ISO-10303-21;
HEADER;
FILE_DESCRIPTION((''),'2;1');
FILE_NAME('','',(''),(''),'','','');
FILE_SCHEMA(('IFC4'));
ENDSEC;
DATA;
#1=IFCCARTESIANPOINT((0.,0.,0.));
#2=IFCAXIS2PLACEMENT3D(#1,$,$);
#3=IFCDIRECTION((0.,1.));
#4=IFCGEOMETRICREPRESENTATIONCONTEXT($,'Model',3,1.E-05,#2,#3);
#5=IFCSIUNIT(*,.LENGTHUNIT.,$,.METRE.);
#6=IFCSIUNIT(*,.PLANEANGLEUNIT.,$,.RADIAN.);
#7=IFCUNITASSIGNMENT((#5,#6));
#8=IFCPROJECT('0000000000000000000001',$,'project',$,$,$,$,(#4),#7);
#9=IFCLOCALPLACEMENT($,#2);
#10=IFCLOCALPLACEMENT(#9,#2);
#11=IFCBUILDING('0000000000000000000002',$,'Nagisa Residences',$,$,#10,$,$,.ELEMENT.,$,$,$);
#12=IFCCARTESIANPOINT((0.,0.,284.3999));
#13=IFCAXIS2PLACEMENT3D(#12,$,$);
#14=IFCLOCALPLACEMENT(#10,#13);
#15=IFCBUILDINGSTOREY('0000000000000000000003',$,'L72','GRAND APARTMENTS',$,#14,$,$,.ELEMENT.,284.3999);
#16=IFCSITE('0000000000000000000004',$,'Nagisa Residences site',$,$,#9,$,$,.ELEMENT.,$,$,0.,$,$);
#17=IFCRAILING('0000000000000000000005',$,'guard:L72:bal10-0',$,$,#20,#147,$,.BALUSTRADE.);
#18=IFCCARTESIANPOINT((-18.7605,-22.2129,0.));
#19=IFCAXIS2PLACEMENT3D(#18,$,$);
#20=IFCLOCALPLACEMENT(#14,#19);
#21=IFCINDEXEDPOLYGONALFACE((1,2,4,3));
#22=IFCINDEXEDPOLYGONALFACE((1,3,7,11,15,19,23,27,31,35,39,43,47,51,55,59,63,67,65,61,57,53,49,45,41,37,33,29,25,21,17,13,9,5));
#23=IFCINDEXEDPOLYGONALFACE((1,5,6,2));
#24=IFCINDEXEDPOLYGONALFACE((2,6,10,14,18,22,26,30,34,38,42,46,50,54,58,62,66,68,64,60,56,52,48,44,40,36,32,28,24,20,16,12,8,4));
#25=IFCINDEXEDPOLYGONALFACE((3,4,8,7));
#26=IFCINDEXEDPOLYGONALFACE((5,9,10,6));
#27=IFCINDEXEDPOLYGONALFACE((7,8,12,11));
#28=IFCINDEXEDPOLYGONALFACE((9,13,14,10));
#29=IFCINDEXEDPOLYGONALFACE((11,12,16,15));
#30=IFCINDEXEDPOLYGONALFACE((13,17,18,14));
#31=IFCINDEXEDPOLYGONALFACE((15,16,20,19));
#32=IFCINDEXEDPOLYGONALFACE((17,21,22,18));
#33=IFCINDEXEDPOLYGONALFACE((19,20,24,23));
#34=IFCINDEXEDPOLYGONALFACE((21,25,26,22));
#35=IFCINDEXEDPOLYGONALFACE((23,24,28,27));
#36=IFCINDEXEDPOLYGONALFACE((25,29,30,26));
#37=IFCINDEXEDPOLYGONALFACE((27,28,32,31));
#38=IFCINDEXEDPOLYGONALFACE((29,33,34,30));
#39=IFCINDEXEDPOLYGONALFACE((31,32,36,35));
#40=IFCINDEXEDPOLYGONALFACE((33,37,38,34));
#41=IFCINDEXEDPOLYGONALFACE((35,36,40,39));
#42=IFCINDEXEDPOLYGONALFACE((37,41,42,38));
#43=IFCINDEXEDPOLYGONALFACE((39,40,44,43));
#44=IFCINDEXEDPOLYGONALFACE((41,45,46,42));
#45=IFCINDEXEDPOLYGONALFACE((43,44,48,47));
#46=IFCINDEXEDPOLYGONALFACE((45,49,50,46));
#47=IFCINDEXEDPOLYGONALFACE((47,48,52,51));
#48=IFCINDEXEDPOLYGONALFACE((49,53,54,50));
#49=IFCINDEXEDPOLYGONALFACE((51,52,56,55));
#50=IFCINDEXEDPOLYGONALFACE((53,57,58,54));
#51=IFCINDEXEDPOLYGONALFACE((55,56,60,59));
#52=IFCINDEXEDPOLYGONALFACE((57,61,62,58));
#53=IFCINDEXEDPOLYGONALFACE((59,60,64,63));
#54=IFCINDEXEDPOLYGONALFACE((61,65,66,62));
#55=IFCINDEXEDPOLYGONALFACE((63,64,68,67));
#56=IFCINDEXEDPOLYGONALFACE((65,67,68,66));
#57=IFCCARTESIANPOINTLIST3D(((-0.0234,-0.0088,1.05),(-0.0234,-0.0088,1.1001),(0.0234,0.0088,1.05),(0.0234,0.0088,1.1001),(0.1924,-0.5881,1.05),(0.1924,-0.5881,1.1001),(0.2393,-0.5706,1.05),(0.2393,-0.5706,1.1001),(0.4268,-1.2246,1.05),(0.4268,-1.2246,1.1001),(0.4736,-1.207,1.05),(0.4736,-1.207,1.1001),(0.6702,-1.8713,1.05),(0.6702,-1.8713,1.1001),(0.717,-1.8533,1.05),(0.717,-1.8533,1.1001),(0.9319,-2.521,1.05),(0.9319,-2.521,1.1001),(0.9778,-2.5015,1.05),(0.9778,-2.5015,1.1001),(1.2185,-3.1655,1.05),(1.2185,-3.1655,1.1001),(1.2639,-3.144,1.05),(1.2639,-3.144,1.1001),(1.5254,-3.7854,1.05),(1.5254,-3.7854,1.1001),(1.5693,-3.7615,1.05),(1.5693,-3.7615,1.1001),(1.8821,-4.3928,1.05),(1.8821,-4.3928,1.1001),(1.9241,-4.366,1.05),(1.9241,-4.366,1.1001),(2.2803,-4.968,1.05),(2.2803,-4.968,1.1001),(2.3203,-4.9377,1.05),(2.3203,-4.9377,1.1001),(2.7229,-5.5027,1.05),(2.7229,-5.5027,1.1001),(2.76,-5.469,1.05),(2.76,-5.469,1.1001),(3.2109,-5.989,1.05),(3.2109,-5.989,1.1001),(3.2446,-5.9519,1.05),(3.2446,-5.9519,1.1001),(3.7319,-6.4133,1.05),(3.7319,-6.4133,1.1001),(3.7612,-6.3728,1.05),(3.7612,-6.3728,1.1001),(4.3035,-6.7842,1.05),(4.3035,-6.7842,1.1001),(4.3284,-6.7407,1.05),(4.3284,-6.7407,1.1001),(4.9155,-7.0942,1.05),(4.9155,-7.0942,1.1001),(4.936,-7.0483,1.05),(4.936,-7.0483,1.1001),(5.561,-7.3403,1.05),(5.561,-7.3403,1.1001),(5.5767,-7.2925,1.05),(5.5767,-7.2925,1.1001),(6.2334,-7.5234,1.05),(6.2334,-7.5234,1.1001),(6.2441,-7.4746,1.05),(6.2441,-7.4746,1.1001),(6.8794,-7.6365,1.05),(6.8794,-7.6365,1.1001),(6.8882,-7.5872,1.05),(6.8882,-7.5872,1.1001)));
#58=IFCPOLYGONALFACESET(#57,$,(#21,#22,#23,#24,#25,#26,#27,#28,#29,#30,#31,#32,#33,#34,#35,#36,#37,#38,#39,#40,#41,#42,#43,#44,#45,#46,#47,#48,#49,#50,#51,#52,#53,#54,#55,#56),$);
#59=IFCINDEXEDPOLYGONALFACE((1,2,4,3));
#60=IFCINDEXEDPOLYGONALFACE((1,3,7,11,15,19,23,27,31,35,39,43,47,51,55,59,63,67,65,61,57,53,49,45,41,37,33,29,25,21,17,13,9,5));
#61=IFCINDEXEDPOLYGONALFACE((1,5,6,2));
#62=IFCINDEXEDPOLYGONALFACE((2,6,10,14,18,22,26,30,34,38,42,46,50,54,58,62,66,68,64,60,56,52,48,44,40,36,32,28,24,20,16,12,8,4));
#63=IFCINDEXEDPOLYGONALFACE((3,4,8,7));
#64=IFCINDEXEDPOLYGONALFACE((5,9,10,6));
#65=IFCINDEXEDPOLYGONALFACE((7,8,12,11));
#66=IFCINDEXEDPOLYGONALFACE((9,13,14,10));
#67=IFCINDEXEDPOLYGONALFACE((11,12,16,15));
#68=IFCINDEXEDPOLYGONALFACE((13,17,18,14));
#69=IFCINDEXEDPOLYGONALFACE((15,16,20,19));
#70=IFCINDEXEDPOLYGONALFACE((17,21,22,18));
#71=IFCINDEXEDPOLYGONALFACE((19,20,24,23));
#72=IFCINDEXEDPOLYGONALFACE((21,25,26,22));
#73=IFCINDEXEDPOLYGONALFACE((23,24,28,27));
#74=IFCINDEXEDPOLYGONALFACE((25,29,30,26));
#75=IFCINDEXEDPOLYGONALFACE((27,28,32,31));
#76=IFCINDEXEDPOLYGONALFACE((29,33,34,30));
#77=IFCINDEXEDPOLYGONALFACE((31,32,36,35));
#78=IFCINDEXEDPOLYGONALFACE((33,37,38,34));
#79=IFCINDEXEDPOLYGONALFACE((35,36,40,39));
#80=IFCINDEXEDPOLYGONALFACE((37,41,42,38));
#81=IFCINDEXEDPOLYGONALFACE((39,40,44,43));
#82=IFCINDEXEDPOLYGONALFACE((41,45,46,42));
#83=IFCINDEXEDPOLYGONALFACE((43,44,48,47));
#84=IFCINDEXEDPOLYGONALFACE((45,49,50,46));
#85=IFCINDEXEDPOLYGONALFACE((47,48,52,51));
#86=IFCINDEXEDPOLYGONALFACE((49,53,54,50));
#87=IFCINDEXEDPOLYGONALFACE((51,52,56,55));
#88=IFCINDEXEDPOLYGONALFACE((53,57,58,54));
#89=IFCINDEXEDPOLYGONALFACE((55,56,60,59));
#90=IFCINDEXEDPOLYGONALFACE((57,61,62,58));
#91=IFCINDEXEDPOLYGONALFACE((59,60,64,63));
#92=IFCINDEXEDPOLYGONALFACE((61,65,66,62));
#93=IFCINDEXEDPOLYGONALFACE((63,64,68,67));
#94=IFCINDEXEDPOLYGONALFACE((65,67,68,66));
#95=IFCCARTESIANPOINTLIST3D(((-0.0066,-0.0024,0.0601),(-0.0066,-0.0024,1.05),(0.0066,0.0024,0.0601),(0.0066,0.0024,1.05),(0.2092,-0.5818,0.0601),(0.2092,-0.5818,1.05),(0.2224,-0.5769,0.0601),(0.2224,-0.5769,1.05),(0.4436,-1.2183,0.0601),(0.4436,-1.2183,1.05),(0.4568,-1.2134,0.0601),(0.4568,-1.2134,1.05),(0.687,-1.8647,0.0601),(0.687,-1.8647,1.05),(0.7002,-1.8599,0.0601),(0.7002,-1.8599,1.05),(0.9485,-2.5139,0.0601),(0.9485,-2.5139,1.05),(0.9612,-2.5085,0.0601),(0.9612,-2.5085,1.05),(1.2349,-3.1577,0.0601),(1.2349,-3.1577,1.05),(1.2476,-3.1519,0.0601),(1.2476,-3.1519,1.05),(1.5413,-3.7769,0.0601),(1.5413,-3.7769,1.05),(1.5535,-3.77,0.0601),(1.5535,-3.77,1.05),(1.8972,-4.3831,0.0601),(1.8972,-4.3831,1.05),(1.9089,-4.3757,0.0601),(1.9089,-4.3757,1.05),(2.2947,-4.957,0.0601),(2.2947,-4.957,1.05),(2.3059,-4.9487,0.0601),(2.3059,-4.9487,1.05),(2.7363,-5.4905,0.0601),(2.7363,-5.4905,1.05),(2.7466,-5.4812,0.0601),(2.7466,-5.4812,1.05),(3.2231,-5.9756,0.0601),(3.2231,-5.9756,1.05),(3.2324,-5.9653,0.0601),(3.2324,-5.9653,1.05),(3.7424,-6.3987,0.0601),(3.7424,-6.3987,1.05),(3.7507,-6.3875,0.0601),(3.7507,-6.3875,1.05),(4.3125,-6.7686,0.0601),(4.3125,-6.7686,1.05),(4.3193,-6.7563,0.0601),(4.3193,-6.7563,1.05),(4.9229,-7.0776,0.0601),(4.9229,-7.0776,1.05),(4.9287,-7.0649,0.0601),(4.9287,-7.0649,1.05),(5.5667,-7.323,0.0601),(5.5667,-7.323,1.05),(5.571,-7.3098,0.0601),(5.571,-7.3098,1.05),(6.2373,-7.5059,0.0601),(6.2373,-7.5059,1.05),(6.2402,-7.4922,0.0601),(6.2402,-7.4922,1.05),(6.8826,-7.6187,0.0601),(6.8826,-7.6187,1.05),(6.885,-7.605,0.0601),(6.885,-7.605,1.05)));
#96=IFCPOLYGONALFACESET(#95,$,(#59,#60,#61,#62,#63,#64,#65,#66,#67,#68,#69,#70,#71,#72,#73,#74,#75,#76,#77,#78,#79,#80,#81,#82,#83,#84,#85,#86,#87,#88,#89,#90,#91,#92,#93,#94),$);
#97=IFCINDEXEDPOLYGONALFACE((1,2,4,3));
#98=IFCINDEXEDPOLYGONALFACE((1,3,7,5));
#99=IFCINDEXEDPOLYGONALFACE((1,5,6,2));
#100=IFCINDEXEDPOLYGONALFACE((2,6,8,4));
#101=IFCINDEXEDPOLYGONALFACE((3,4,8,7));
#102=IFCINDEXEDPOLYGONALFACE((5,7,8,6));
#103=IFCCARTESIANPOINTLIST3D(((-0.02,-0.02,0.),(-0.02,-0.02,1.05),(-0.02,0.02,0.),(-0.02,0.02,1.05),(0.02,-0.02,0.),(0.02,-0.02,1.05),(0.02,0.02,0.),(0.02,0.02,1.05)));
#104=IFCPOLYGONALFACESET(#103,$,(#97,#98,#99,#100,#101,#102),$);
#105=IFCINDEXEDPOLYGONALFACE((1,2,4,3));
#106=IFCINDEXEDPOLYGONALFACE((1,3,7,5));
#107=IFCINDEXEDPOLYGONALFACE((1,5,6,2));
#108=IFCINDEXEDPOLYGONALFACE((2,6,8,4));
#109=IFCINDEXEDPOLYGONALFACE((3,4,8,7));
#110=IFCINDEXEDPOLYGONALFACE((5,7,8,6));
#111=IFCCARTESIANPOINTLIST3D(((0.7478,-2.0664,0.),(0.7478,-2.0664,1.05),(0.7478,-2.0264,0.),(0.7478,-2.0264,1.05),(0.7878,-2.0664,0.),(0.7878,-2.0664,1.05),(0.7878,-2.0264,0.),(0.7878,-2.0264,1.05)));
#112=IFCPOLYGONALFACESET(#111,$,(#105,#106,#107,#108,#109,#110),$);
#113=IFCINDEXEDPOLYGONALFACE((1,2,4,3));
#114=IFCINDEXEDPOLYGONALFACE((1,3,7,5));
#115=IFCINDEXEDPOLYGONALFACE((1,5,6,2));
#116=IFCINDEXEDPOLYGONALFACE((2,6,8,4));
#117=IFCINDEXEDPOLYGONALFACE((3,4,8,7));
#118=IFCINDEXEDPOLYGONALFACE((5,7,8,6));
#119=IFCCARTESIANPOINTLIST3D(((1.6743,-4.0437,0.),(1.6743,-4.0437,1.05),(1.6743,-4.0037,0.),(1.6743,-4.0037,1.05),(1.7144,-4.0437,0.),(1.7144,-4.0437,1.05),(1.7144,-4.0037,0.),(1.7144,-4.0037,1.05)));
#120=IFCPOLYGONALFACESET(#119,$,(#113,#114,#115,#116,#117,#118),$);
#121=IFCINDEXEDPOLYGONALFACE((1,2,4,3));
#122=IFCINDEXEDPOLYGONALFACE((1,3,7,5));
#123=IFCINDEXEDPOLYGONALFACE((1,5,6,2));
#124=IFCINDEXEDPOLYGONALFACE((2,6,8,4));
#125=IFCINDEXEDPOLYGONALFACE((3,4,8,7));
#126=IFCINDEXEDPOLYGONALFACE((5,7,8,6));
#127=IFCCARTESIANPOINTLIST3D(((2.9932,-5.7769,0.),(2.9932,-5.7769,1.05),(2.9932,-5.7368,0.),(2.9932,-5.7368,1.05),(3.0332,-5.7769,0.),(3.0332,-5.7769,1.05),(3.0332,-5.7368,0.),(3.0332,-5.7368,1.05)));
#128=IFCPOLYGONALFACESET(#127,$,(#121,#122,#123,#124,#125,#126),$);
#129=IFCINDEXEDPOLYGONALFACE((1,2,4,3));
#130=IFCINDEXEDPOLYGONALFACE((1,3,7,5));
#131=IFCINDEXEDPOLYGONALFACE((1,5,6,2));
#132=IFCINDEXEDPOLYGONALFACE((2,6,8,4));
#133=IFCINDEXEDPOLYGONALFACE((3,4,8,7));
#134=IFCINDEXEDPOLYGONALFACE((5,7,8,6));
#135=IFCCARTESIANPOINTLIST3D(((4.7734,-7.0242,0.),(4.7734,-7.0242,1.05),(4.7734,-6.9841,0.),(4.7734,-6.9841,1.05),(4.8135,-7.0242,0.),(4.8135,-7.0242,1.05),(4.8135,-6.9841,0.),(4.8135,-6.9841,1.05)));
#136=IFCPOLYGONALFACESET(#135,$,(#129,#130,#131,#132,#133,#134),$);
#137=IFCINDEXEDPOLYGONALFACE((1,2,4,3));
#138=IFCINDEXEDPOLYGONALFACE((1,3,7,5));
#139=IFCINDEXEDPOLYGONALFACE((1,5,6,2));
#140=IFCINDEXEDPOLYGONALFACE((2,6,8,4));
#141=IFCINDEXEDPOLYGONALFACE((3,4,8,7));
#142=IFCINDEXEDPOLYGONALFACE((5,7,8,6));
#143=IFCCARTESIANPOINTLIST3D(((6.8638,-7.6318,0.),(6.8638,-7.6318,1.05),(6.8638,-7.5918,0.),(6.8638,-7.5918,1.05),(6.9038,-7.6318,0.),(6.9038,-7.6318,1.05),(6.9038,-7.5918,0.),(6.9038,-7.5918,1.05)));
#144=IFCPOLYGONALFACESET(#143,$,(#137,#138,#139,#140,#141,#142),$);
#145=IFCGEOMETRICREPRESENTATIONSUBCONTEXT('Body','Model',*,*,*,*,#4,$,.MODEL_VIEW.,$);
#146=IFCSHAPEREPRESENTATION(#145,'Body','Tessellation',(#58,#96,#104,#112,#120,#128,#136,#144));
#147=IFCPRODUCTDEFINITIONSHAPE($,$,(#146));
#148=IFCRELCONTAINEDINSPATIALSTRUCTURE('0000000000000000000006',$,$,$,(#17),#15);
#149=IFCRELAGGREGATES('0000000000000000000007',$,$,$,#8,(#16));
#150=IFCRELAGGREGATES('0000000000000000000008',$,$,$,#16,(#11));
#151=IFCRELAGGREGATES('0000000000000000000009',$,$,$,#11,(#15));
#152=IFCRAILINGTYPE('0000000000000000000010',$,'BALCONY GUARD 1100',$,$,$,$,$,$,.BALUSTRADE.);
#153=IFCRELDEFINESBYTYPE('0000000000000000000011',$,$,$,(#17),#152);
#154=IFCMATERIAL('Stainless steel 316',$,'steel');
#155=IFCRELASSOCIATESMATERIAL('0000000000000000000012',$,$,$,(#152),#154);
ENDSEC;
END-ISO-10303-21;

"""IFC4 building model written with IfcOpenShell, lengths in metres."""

from ifc_helpers import new_model, si_unit, direction, frame, origin, origin_2d, place, context, subcontext, project, spatial, polyline, rectangle, outline, extrude, material, type_object, element, save


model = new_model("IFC4")

# Units and contexts
model_context = context("Model", 3, precision=1e-05, world=origin(), true_north=direction((0.0, 1.0)))
body_context = subcontext(model_context, "Body", "Model", "MODEL_VIEW")
ifc_project = project(units=[si_unit("LENGTHUNIT", "METRE"), si_unit("PLANEANGLEUNIT", "RADIAN")], contexts=[model_context])

# Site, building, storey
site_placement = place(None, origin())
site = spatial("IfcSite", under=ifc_project, at=site_placement, Name="Nagisa Residences site", CompositionType="ELEMENT", RefElevation=0.0)
building_placement = place(site_placement, origin())
building = spatial("IfcBuilding", under=site, at=building_placement, Name="Nagisa Residences", CompositionType="ELEMENT")
storey_placement = place(building_placement, frame((0.0, 0.0, 284.3999)))
storey = spatial("IfcBuildingStorey", under=building, at=storey_placement, Name="L72", Description="GRAND APARTMENTS", CompositionType="ELEMENT", Elevation=284.3999)

# Railing
ifc_material_1 = material(Name="Stainless steel 316", Category="steel")
railing_type = type_object("IfcRailingType", Name="BALCONY GUARD 1100", PredefinedType="BALUSTRADE", material=ifc_material_1)
railing_placement = place(storey_placement, frame((-18.7605, -22.2129, 0.0)))
element("IfcRailing", 1, at=railing_placement, inside=storey, type_object=railing_type, Name="guard:L72:bal10-0", PredefinedType="BALUSTRADE", context=body_context, shape_type="SweptSolid", body=[
    extrude(outline(polyline([(0.2393, -0.5706), (0.0234, 0.0088), (-0.0234, -0.0088), (0.1924, -0.5881), (0.4268, -1.2246), (0.6702, -1.8713), (0.9319, -2.521), (1.2185, -3.1655), (1.5254, -3.7854), (1.8821, -4.3928), (2.2803, -4.968), (2.7229, -5.5027), (3.2109, -5.989), (3.7319, -6.4133), (4.3035, -6.7842), (4.9155, -7.0942), (5.561, -7.3403), (6.2334, -7.5234), (6.8794, -7.6365), (6.8882, -7.5872), (6.2441, -7.4746), (5.5767, -7.2925), (4.936, -7.0483), (4.3284, -6.7407), (3.7612, -6.3728), (3.2446, -5.9519), (2.76, -5.469), (2.3203, -4.9377), (1.9241, -4.366), (1.5693, -3.7615), (1.2639, -3.144), (0.9778, -2.5015), (0.717, -1.8533), (0.4736, -1.207), (0.2393, -0.5706)])), frame((0.0, 0.0, 1.05)), (0.0, 0.0, 1.0), 0.05),
    extrude(outline(polyline([(0.2224, -0.5769), (0.0066, 0.0024), (-0.0066, -0.0024), (0.2092, -0.5818), (0.4436, -1.2183), (0.687, -1.8647), (0.9485, -2.5139), (1.2349, -3.1577), (1.5413, -3.7769), (1.8972, -4.3831), (2.2947, -4.957), (2.7363, -5.4905), (3.2231, -5.9756), (3.7424, -6.3987), (4.3125, -6.7686), (4.9229, -7.0776), (5.5667, -7.323), (6.2373, -7.5059), (6.8826, -7.6187), (6.885, -7.605), (6.2402, -7.4922), (5.571, -7.3098), (4.9287, -7.0649), (4.3193, -6.7563), (3.7507, -6.3875), (3.2324, -5.9653), (2.7466, -5.4812), (2.3059, -4.9487), (1.9089, -4.3757), (1.5535, -3.77), (1.2476, -3.1519), (0.9612, -2.5085), (0.7002, -1.8599), (0.4568, -1.2134), (0.2224, -0.5769)])), frame((0.0, 0.0, 0.0601)), (0.0, 0.0, 1.0), 0.99),
    extrude(rectangle(XDim=0.04, YDim=0.04, at=origin_2d()), origin(), (0.0, 0.0, 1.0), 1.05),
    extrude(rectangle(XDim=0.04, YDim=0.04, at=origin_2d()), frame((0.7678, -2.0464, 0.0)), (0.0, 0.0, 1.0), 1.05),
    extrude(rectangle(XDim=0.04, YDim=0.04, at=origin_2d()), frame((1.6943, -4.0237, 0.0)), (0.0, 0.0, 1.0), 1.05),
    extrude(rectangle(XDim=0.04, YDim=0.04, at=origin_2d()), frame((3.0132, -5.7568, 0.0)), (0.0, 0.0, 1.0), 1.05),
    extrude(rectangle(XDim=0.04, YDim=0.04, at=origin_2d()), frame((4.7935, -7.0042, 0.0)), (0.0, 0.0, 1.0), 1.05),
    extrude(rectangle(XDim=0.04, YDim=0.04, at=origin_2d()), frame((6.8838, -7.6118, 0.0)), (0.0, 0.0, 1.0), 1.05),
])

save(model, "model.ifc")
